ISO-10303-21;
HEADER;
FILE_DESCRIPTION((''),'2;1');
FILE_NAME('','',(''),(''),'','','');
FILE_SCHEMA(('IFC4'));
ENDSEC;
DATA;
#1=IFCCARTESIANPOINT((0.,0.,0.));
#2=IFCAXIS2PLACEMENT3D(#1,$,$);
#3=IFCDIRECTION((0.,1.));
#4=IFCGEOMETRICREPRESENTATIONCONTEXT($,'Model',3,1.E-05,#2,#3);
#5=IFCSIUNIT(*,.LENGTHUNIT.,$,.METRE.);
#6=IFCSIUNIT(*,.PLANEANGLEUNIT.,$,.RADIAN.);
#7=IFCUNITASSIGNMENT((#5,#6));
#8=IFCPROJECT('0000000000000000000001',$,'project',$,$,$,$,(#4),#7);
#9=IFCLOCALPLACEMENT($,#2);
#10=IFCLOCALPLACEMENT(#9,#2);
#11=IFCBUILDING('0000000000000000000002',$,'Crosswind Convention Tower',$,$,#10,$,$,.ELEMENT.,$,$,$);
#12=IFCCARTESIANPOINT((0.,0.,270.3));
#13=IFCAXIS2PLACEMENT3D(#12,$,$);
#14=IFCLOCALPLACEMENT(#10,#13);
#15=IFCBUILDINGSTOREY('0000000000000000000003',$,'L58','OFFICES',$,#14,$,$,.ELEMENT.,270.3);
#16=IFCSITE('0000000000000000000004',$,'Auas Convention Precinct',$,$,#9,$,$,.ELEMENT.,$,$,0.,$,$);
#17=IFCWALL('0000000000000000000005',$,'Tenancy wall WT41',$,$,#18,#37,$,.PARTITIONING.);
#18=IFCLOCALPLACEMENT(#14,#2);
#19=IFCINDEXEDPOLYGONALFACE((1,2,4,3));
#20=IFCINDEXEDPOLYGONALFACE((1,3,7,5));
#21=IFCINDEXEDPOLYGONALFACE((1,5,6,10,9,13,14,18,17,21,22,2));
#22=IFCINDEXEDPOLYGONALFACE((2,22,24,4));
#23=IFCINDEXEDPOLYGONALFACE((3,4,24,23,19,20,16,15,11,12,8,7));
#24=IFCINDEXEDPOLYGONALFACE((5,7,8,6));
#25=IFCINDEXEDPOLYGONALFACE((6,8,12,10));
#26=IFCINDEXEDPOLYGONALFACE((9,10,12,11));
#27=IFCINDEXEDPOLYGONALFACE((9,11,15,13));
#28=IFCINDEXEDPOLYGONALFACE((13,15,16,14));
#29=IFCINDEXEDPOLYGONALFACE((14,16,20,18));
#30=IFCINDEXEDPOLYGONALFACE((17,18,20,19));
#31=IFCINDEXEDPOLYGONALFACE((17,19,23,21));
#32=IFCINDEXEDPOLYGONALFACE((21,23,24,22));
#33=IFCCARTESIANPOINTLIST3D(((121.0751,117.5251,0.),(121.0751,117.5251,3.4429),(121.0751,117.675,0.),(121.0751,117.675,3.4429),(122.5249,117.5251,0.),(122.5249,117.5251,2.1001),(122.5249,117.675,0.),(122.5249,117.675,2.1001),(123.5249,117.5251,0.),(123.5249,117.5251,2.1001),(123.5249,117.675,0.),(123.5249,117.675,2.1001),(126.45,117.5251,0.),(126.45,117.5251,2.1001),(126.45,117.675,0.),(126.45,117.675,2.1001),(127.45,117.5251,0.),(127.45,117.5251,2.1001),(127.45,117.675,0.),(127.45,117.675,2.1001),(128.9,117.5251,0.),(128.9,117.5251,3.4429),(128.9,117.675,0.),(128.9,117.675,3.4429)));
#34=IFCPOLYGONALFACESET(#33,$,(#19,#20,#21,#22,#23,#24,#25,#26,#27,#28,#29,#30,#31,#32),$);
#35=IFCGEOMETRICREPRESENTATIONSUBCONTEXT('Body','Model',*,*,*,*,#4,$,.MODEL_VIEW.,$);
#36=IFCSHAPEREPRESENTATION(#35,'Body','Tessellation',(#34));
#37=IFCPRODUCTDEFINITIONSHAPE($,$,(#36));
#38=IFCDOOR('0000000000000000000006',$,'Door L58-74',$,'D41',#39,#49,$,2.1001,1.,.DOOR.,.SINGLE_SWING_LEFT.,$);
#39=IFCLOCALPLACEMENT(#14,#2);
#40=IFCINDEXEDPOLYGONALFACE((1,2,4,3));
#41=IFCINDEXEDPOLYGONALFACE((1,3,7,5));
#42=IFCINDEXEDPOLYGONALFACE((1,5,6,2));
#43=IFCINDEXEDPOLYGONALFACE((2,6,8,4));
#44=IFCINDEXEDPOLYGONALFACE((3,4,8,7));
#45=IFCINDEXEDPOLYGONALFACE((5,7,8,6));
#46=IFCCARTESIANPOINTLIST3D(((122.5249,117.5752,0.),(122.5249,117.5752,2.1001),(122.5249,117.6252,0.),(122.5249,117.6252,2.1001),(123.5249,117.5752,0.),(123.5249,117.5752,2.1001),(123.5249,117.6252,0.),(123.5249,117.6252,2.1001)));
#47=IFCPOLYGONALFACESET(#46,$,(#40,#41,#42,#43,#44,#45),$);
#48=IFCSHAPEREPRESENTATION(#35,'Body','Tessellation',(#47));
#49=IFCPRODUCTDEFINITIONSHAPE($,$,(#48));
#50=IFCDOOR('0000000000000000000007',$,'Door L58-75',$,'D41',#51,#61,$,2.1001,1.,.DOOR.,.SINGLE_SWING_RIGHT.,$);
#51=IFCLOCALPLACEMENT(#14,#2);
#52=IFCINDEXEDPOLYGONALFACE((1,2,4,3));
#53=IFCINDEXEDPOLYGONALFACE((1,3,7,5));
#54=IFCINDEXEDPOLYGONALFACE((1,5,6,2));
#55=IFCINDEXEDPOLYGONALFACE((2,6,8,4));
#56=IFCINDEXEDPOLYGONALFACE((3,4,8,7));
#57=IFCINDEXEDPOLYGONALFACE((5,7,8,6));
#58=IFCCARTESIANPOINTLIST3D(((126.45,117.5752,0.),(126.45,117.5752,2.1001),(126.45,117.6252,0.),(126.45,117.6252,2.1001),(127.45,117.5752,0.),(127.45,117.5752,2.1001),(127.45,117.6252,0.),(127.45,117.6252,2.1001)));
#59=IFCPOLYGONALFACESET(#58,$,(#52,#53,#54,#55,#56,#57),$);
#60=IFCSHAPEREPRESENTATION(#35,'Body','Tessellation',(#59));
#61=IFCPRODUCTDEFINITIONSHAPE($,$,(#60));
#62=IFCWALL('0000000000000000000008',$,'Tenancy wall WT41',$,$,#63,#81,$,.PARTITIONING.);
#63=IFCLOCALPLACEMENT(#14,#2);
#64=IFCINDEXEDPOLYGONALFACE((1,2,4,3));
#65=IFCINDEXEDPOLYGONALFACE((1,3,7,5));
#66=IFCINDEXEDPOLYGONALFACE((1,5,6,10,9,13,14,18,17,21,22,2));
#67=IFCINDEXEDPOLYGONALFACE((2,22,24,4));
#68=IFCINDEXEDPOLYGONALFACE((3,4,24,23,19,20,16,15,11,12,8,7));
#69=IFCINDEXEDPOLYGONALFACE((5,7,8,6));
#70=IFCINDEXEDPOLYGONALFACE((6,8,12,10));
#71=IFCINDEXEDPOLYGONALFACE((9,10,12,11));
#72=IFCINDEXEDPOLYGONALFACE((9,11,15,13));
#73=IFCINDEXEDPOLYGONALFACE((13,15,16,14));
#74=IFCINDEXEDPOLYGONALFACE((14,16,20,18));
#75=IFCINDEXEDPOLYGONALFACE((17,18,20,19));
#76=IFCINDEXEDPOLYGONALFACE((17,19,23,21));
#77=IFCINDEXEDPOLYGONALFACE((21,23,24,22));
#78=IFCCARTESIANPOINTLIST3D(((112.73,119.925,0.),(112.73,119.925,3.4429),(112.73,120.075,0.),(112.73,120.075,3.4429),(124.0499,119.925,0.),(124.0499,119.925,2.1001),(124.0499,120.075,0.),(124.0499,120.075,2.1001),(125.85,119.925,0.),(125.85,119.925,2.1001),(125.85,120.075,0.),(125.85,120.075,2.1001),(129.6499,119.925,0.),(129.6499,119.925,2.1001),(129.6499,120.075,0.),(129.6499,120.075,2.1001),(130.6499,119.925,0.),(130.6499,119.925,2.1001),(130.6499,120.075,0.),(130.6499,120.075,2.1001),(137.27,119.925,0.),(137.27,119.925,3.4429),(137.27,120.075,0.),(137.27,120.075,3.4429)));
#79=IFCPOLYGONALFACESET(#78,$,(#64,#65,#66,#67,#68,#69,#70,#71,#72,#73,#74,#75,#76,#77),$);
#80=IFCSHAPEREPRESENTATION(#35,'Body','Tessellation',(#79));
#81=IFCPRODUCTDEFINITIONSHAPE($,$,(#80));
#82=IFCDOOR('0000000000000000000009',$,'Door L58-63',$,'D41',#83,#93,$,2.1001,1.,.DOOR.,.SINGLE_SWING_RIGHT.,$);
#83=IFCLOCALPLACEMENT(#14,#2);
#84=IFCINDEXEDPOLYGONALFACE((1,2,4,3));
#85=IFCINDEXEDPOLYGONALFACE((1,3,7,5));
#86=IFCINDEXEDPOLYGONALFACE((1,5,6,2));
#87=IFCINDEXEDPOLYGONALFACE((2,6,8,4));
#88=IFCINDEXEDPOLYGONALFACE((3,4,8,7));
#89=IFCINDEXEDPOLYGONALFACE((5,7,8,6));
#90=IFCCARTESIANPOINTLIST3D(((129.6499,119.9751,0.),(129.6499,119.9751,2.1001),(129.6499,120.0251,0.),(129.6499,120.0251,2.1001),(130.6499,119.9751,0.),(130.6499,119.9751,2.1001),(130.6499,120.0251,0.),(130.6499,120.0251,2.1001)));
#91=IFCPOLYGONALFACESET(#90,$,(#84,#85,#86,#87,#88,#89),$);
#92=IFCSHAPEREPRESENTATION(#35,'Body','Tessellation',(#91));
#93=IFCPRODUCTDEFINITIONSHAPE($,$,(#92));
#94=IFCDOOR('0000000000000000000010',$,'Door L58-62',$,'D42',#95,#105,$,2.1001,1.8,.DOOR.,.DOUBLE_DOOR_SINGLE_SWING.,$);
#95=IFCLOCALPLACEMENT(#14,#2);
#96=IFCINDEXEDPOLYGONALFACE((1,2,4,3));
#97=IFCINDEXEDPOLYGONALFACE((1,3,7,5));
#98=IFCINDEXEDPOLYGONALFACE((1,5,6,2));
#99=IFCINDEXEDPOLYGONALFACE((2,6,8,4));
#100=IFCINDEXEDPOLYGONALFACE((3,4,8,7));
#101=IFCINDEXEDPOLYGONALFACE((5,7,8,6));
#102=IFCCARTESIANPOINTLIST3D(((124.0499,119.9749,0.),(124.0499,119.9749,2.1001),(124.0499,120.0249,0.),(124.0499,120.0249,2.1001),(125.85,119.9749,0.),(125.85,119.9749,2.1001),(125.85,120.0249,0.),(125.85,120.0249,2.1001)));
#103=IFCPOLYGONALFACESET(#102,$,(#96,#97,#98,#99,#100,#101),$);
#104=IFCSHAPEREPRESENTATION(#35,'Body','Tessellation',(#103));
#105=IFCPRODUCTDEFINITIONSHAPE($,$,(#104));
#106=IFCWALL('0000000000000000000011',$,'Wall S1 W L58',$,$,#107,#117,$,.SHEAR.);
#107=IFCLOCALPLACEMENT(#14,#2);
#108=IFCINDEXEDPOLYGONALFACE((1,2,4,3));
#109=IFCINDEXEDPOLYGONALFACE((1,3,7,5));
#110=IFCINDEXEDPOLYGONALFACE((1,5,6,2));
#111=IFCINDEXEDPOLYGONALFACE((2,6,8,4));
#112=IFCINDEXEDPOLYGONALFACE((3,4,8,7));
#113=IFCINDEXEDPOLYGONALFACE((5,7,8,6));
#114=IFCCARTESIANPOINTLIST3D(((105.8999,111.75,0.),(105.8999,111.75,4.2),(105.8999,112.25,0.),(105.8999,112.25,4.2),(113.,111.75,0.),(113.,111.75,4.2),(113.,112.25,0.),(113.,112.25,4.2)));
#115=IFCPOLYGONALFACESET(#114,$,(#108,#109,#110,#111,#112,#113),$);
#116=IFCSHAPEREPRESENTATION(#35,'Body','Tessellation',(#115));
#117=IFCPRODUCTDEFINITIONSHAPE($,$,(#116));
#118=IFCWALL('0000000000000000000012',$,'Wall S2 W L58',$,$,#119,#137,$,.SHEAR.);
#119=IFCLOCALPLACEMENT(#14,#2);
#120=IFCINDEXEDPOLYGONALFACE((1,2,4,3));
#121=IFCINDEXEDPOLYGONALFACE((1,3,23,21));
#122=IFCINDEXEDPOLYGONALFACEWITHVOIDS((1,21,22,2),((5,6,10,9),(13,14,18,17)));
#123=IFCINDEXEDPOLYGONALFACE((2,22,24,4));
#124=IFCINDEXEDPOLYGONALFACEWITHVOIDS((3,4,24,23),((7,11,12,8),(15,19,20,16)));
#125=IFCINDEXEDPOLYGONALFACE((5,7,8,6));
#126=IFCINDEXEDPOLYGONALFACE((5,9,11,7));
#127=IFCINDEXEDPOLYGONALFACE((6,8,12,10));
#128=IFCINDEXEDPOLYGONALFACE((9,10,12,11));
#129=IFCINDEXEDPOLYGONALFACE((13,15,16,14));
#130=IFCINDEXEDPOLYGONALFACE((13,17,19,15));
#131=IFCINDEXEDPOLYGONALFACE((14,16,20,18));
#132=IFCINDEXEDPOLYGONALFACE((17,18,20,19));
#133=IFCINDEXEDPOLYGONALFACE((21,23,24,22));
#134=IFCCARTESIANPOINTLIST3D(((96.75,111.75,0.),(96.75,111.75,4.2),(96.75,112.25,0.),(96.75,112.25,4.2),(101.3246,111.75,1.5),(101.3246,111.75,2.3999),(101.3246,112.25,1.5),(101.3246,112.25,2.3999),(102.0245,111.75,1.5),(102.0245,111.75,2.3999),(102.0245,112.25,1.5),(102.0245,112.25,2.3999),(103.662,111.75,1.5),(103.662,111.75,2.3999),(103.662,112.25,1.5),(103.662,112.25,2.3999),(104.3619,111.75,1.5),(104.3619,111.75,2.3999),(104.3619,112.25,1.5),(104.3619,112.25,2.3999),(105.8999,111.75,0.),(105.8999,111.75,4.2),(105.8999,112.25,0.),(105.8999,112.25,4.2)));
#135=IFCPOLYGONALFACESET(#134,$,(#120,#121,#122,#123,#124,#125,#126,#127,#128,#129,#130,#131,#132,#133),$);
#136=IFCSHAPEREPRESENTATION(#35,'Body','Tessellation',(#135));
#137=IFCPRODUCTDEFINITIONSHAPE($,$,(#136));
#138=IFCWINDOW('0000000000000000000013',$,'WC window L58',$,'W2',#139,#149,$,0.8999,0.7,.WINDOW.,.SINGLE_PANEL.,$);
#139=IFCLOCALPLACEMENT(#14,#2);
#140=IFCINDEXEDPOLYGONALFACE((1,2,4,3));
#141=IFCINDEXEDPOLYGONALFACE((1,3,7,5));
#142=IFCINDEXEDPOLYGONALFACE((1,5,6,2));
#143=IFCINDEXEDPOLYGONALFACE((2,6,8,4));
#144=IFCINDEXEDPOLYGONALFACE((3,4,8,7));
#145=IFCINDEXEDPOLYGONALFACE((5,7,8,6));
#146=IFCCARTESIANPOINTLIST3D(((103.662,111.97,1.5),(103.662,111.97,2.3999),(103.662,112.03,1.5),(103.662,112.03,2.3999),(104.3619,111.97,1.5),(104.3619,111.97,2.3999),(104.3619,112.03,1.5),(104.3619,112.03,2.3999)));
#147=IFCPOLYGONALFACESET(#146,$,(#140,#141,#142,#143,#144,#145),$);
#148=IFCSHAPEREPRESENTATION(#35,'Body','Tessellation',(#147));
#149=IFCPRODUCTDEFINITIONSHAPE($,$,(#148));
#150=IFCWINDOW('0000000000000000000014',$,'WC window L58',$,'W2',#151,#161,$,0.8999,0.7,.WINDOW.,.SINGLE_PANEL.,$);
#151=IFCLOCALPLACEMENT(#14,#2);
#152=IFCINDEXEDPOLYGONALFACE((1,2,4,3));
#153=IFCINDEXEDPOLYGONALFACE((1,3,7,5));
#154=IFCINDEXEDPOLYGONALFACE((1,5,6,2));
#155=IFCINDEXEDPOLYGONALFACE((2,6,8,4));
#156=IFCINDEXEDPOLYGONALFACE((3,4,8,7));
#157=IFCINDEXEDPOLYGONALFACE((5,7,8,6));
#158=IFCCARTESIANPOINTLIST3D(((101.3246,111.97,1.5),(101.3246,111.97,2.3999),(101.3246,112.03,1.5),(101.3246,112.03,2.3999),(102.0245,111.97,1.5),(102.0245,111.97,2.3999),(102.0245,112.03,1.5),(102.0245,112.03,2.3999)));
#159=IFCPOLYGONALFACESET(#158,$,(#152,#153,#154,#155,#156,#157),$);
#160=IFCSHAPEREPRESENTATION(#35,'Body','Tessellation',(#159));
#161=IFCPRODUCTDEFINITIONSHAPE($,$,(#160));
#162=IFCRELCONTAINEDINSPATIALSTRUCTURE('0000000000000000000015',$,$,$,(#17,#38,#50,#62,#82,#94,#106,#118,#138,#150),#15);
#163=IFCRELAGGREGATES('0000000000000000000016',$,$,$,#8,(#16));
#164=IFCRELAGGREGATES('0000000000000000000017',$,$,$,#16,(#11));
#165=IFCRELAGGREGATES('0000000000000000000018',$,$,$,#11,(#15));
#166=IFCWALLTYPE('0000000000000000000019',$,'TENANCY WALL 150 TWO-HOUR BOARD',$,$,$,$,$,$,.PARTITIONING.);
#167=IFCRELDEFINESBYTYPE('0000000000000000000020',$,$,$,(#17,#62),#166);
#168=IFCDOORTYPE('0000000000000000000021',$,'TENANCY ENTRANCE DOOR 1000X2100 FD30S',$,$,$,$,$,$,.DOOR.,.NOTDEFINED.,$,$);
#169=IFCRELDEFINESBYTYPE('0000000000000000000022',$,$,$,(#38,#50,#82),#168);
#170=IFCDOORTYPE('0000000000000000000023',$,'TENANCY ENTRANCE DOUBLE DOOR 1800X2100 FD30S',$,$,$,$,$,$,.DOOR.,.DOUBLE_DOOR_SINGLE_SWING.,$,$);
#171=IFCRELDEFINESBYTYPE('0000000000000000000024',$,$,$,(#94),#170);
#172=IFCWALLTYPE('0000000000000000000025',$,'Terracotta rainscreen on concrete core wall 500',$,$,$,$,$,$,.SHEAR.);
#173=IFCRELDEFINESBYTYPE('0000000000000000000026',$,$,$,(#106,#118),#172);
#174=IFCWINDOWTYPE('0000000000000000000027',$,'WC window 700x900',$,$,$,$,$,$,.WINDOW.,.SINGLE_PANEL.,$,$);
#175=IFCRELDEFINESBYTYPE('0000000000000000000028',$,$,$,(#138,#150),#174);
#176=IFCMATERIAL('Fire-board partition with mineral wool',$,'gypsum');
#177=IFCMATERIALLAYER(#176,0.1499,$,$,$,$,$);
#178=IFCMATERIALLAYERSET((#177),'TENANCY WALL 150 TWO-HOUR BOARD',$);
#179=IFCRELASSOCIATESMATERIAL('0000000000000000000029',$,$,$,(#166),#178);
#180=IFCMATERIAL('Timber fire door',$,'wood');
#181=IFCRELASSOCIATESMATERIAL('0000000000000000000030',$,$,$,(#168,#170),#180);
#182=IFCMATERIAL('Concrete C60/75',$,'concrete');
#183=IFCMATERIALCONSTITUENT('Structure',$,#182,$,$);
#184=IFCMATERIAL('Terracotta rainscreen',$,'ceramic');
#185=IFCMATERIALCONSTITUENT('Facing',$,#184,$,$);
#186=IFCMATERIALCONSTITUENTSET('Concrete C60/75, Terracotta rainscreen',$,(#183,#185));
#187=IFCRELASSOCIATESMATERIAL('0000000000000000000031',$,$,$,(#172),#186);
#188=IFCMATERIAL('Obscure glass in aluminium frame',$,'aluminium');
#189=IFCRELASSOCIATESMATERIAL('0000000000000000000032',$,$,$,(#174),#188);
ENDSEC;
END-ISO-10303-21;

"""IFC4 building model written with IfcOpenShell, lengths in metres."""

from ifc_helpers import new_model, si_unit, direction, frame, frame_2d, origin, place, context, subcontext, project, spatial, rectangle, extrude, material, layer, layer_set, constituent, constituent_set, type_object, element, fill, save


model = new_model("IFC4")

# Units and contexts
model_context = context("Model", 3, precision=1e-05, world=origin(), true_north=direction((0.0, 1.0)))
body_context = subcontext(model_context, "Body", "Model", "MODEL_VIEW")
ifc_project = project(units=[si_unit("LENGTHUNIT", "METRE"), si_unit("PLANEANGLEUNIT", "RADIAN")], contexts=[model_context])

# Site, building, storey
site_placement = place(None, origin())
site = spatial("IfcSite", under=ifc_project, at=site_placement, Name="Auas Convention Precinct", CompositionType="ELEMENT", RefElevation=0.0)
building_placement = place(site_placement, origin())
building = spatial("IfcBuilding", under=site, at=building_placement, Name="Crosswind Convention Tower", CompositionType="ELEMENT")
storey_placement = place(building_placement, frame((0.0, 0.0, 270.3)))
storey = spatial("IfcBuildingStorey", under=building, at=storey_placement, Name="L58", Description="OFFICES", CompositionType="ELEMENT", Elevation=270.3)

# Shared definitions
ifc_material_1 = material(Name="Concrete C60/75", Category="concrete")

# Walls, openings, doors
ifc_material_2 = material(Name="Fire-board partition with mineral wool", Category="gypsum")
ifc_layer_1 = layer(ifc_material_2, 0.1499)
ifc_layer_set_1 = layer_set([ifc_layer_1], Name="TENANCY WALL 150 TWO-HOUR BOARD")
wall_type_1 = type_object("IfcWallType", Name="TENANCY WALL 150 TWO-HOUR BOARD", PredefinedType="PARTITIONING", material=ifc_layer_set_1)
wall_1_placement = place(storey_placement, frame((121.075, 117.6001, 0.0), z_axis=(0.0, 0.0, 1.0), x_axis=(1.0, 0.0, 0.0)))
wall_1 = element("IfcWall", 1, at=wall_1_placement, inside=storey, type_object=wall_type_1, Name="Tenancy wall WT41", PredefinedType="PARTITIONING", context=body_context, shape_type="SweptSolid", body=[
    extrude(rectangle(XDim=7.825, YDim=0.1499, at=frame_2d((3.9126, 0.0))), origin(), (0.0, 0.0, 1.0), 3.4429),
])
opening_1_placement = place(wall_1_placement, frame((1.45, 0.0, 0.0)))
opening_1 = element("IfcOpeningElement", 2, at=opening_1_placement, cuts=wall_1, PredefinedType="OPENING", context=body_context, shape_type="SweptSolid", body=[
    extrude(rectangle(XDim=1.0, YDim=2.1001, at=frame_2d((0.5, 1.05))), frame((0.0, 0.085, 0.0), z_axis=(0.0, -1.0, 0.0), x_axis=(1.0, 0.0, 0.0)), (0.0, 0.0, 1.0), 0.1699),
])
opening_2_placement = place(wall_1_placement, frame((5.375, 0.0, 0.0)))
opening_2 = element("IfcOpeningElement", 3, at=opening_2_placement, cuts=wall_1, PredefinedType="OPENING", context=body_context, shape_type="SweptSolid", body=[
    extrude(rectangle(XDim=1.0, YDim=2.1001, at=frame_2d((0.5, 1.05))), frame((0.0, 0.085, 0.0), z_axis=(0.0, -1.0, 0.0), x_axis=(1.0, 0.0, 0.0)), (0.0, 0.0, 1.0), 0.1699),
])
ifc_material_3 = material(Name="Timber fire door", Category="wood")
door_type_1 = type_object("IfcDoorType", Name="TENANCY ENTRANCE DOOR 1000X2100 FD30S", OperationType="NOTDEFINED", PredefinedType="DOOR", material=ifc_material_3)
door_1_placement = place(opening_1_placement, frame((1.0, 0.0, 0.0), z_axis=(0.0, 0.0, 1.0), x_axis=(-1.0, 0.0, 0.0)))
door_1 = element("IfcDoor", 4, at=door_1_placement, inside=storey, type_object=door_type_1, Name="Door L58-74", ObjectType="D41", OperationType="SINGLE_SWING_LEFT", OverallHeight=2.1001, OverallWidth=1.0, PredefinedType="DOOR", context=body_context, shape_type="SweptSolid", body=[
    extrude(rectangle(XDim=1.0, YDim=2.1001, at=frame_2d((0.5, 1.05))), frame((0.0, 0.0249, 0.0), z_axis=(0.0, -1.0, 0.0), x_axis=(1.0, 0.0, 0.0)), (0.0, 0.0, 1.0), 0.05),
])
fill(opening_1, door_1)
door_2_placement = place(opening_2_placement, frame((1.0, 0.0, 0.0), z_axis=(0.0, 0.0, 1.0), x_axis=(-1.0, 0.0, 0.0)))
door_2 = element("IfcDoor", 5, at=door_2_placement, inside=storey, type_object=door_type_1, Name="Door L58-75", ObjectType="D41", OperationType="SINGLE_SWING_RIGHT", OverallHeight=2.1001, OverallWidth=1.0, PredefinedType="DOOR", context=body_context, shape_type="SweptSolid", body=[
    extrude(rectangle(XDim=1.0, YDim=2.1001, at=frame_2d((0.5, 1.05))), frame((0.0, 0.0249, 0.0), z_axis=(0.0, -1.0, 0.0), x_axis=(1.0, 0.0, 0.0)), (0.0, 0.0, 1.0), 0.05),
])
fill(opening_2, door_2)
wall_2_placement = place(storey_placement, frame((112.73, 120.0, 0.0), z_axis=(0.0, 0.0, 1.0), x_axis=(1.0, 0.0, 0.0)))
wall_2 = element("IfcWall", 6, at=wall_2_placement, inside=storey, type_object=wall_type_1, Name="Tenancy wall WT41", PredefinedType="PARTITIONING", context=body_context, shape_type="SweptSolid", body=[
    extrude(rectangle(XDim=24.54, YDim=0.1499, at=frame_2d((12.27, 0.0))), origin(), (0.0, 0.0, 1.0), 3.4429),
])
opening_3_placement = place(wall_2_placement, frame((11.3201, 0.0, 0.0)))
opening_3 = element("IfcOpeningElement", 7, at=opening_3_placement, cuts=wall_2, PredefinedType="OPENING", context=body_context, shape_type="SweptSolid", body=[
    extrude(rectangle(XDim=1.8, YDim=2.1001, at=frame_2d((0.8999, 1.05))), frame((0.0, 0.085, 0.0), z_axis=(0.0, -1.0, 0.0), x_axis=(1.0, 0.0, 0.0)), (0.0, 0.0, 1.0), 0.1699),
])
opening_4_placement = place(wall_2_placement, frame((16.9199, 0.0, 0.0)))
opening_4 = element("IfcOpeningElement", 8, at=opening_4_placement, cuts=wall_2, PredefinedType="OPENING", context=body_context, shape_type="SweptSolid", body=[
    extrude(rectangle(XDim=1.0, YDim=2.1001, at=frame_2d((0.5, 1.05))), frame((0.0, 0.085, 0.0), z_axis=(0.0, -1.0, 0.0), x_axis=(1.0, 0.0, 0.0)), (0.0, 0.0, 1.0), 0.1699),
])
door_3_placement = place(opening_4_placement, frame((1.0, 0.0, 0.0), z_axis=(0.0, 0.0, 1.0), x_axis=(-1.0, 0.0, 0.0)))
door_3 = element("IfcDoor", 9, at=door_3_placement, inside=storey, type_object=door_type_1, Name="Door L58-63", ObjectType="D41", OperationType="SINGLE_SWING_RIGHT", OverallHeight=2.1001, OverallWidth=1.0, PredefinedType="DOOR", context=body_context, shape_type="SweptSolid", body=[
    extrude(rectangle(XDim=1.0, YDim=2.1001, at=frame_2d((0.5, 1.05))), frame((0.0, 0.0249, 0.0), z_axis=(0.0, -1.0, 0.0), x_axis=(1.0, 0.0, 0.0)), (0.0, 0.0, 1.0), 0.05),
])
fill(opening_4, door_3)
door_type_2 = type_object("IfcDoorType", Name="TENANCY ENTRANCE DOUBLE DOOR 1800X2100 FD30S", OperationType="DOUBLE_DOOR_SINGLE_SWING", PredefinedType="DOOR", material=ifc_material_3)
door_4_placement = place(opening_3_placement, origin())
door_4 = element("IfcDoor", 10, at=door_4_placement, inside=storey, type_object=door_type_2, Name="Door L58-62", ObjectType="D42", OperationType="DOUBLE_DOOR_SINGLE_SWING", OverallHeight=2.1001, OverallWidth=1.8, PredefinedType="DOOR", context=body_context, shape_type="SweptSolid", body=[
    extrude(rectangle(XDim=1.8, YDim=2.1001, at=frame_2d((0.8999, 1.05))), frame((0.0, 0.0249, 0.0), z_axis=(0.0, -1.0, 0.0), x_axis=(1.0, 0.0, 0.0)), (0.0, 0.0, 1.0), 0.05),
])
fill(opening_3, door_4)

# Wall
ifc_constituent_1 = constituent(ifc_material_1, Name="Structure")
ifc_material_4 = material(Name="Terracotta rainscreen", Category="ceramic")
ifc_constituent_2 = constituent(ifc_material_4, Name="Facing")
ifc_constituent_set = constituent_set(constituents=[ifc_constituent_1, ifc_constituent_2], Name="Concrete C60/75, Terracotta rainscreen")
wall_type_2 = type_object("IfcWallType", Name="Terracotta rainscreen on concrete core wall 500", PredefinedType="SHEAR", material=ifc_constituent_set)
wall_3_placement = place(storey_placement, frame((113.0, 112.0, 0.0), z_axis=(0.0, 0.0, 1.0), x_axis=(-1.0, 0.0, 0.0)))
element("IfcWall", 11, at=wall_3_placement, inside=storey, type_object=wall_type_2, Name="Wall S1 W L58", PredefinedType="SHEAR", context=body_context, shape_type="SweptSolid", body=[
    extrude(rectangle(XDim=7.1001, YDim=0.5, at=frame_2d((3.55, 0.0))), origin(), (0.0, 0.0, 1.0), 4.2),
])

# Wall, openings, windows
wall_4_placement = place(storey_placement, frame((105.8999, 112.0, 0.0), z_axis=(0.0, 0.0, 1.0), x_axis=(-1.0, 0.0, 0.0)))
wall_4 = element("IfcWall", 12, at=wall_4_placement, inside=storey, type_object=wall_type_2, Name="Wall S2 W L58", PredefinedType="SHEAR", context=body_context, shape_type="SweptSolid", body=[
    extrude(rectangle(XDim=9.1499, YDim=0.5, at=frame_2d((4.575, 0.0))), origin(), (0.0, 0.0, 1.0), 4.2),
])
opening_5_placement = place(wall_4_placement, frame((1.5378, 0.0, 1.5)))
opening_5 = element("IfcOpeningElement", 13, at=opening_5_placement, cuts=wall_4, PredefinedType="OPENING", context=body_context, shape_type="SweptSolid", body=[
    extrude(rectangle(XDim=0.7, YDim=0.8999, at=frame_2d((0.3501, 0.45))), frame((0.0, 0.26, 0.0), z_axis=(0.0, -1.0, 0.0), x_axis=(1.0, 0.0, 0.0)), (0.0, 0.0, 1.0), 0.52),
])
opening_6_placement = place(wall_4_placement, frame((3.8752, 0.0, 1.5)))
opening_6 = element("IfcOpeningElement", 14, at=opening_6_placement, cuts=wall_4, PredefinedType="OPENING", context=body_context, shape_type="SweptSolid", body=[
    extrude(rectangle(XDim=0.7, YDim=0.8999, at=frame_2d((0.3501, 0.45))), frame((0.0, 0.26, 0.0), z_axis=(0.0, -1.0, 0.0), x_axis=(1.0, 0.0, 0.0)), (0.0, 0.0, 1.0), 0.52),
])
ifc_material_5 = material(Name="Obscure glass in aluminium frame", Category="aluminium")
window_type = type_object("IfcWindowType", Name="WC window 700x900", PartitioningType="SINGLE_PANEL", PredefinedType="WINDOW", material=ifc_material_5)
window_1_placement = place(opening_5_placement, origin())
window_1 = element("IfcWindow", 15, at=window_1_placement, inside=storey, type_object=window_type, Name="WC window L58", ObjectType="W2", OverallHeight=0.8999, OverallWidth=0.7, PartitioningType="SINGLE_PANEL", PredefinedType="WINDOW", context=body_context, shape_type="SweptSolid", body=[
    extrude(rectangle(XDim=0.7, YDim=0.8999, at=frame_2d((0.3501, 0.45))), frame((0.0, 0.03, 0.0), z_axis=(0.0, -1.0, 0.0), x_axis=(1.0, 0.0, 0.0)), (0.0, 0.0, 1.0), 0.0601),
])
fill(opening_5, window_1)
window_2_placement = place(opening_6_placement, origin())
window_2 = element("IfcWindow", 16, at=window_2_placement, inside=storey, type_object=window_type, Name="WC window L58", ObjectType="W2", OverallHeight=0.8999, OverallWidth=0.7, PartitioningType="SINGLE_PANEL", PredefinedType="WINDOW", context=body_context, shape_type="SweptSolid", body=[
    extrude(rectangle(XDim=0.7, YDim=0.8999, at=frame_2d((0.3501, 0.45))), frame((0.0, 0.03, 0.0), z_axis=(0.0, -1.0, 0.0), x_axis=(1.0, 0.0, 0.0)), (0.0, 0.0, 1.0), 0.0601),
])
fill(opening_6, window_2)

save(model, "model.ifc")
